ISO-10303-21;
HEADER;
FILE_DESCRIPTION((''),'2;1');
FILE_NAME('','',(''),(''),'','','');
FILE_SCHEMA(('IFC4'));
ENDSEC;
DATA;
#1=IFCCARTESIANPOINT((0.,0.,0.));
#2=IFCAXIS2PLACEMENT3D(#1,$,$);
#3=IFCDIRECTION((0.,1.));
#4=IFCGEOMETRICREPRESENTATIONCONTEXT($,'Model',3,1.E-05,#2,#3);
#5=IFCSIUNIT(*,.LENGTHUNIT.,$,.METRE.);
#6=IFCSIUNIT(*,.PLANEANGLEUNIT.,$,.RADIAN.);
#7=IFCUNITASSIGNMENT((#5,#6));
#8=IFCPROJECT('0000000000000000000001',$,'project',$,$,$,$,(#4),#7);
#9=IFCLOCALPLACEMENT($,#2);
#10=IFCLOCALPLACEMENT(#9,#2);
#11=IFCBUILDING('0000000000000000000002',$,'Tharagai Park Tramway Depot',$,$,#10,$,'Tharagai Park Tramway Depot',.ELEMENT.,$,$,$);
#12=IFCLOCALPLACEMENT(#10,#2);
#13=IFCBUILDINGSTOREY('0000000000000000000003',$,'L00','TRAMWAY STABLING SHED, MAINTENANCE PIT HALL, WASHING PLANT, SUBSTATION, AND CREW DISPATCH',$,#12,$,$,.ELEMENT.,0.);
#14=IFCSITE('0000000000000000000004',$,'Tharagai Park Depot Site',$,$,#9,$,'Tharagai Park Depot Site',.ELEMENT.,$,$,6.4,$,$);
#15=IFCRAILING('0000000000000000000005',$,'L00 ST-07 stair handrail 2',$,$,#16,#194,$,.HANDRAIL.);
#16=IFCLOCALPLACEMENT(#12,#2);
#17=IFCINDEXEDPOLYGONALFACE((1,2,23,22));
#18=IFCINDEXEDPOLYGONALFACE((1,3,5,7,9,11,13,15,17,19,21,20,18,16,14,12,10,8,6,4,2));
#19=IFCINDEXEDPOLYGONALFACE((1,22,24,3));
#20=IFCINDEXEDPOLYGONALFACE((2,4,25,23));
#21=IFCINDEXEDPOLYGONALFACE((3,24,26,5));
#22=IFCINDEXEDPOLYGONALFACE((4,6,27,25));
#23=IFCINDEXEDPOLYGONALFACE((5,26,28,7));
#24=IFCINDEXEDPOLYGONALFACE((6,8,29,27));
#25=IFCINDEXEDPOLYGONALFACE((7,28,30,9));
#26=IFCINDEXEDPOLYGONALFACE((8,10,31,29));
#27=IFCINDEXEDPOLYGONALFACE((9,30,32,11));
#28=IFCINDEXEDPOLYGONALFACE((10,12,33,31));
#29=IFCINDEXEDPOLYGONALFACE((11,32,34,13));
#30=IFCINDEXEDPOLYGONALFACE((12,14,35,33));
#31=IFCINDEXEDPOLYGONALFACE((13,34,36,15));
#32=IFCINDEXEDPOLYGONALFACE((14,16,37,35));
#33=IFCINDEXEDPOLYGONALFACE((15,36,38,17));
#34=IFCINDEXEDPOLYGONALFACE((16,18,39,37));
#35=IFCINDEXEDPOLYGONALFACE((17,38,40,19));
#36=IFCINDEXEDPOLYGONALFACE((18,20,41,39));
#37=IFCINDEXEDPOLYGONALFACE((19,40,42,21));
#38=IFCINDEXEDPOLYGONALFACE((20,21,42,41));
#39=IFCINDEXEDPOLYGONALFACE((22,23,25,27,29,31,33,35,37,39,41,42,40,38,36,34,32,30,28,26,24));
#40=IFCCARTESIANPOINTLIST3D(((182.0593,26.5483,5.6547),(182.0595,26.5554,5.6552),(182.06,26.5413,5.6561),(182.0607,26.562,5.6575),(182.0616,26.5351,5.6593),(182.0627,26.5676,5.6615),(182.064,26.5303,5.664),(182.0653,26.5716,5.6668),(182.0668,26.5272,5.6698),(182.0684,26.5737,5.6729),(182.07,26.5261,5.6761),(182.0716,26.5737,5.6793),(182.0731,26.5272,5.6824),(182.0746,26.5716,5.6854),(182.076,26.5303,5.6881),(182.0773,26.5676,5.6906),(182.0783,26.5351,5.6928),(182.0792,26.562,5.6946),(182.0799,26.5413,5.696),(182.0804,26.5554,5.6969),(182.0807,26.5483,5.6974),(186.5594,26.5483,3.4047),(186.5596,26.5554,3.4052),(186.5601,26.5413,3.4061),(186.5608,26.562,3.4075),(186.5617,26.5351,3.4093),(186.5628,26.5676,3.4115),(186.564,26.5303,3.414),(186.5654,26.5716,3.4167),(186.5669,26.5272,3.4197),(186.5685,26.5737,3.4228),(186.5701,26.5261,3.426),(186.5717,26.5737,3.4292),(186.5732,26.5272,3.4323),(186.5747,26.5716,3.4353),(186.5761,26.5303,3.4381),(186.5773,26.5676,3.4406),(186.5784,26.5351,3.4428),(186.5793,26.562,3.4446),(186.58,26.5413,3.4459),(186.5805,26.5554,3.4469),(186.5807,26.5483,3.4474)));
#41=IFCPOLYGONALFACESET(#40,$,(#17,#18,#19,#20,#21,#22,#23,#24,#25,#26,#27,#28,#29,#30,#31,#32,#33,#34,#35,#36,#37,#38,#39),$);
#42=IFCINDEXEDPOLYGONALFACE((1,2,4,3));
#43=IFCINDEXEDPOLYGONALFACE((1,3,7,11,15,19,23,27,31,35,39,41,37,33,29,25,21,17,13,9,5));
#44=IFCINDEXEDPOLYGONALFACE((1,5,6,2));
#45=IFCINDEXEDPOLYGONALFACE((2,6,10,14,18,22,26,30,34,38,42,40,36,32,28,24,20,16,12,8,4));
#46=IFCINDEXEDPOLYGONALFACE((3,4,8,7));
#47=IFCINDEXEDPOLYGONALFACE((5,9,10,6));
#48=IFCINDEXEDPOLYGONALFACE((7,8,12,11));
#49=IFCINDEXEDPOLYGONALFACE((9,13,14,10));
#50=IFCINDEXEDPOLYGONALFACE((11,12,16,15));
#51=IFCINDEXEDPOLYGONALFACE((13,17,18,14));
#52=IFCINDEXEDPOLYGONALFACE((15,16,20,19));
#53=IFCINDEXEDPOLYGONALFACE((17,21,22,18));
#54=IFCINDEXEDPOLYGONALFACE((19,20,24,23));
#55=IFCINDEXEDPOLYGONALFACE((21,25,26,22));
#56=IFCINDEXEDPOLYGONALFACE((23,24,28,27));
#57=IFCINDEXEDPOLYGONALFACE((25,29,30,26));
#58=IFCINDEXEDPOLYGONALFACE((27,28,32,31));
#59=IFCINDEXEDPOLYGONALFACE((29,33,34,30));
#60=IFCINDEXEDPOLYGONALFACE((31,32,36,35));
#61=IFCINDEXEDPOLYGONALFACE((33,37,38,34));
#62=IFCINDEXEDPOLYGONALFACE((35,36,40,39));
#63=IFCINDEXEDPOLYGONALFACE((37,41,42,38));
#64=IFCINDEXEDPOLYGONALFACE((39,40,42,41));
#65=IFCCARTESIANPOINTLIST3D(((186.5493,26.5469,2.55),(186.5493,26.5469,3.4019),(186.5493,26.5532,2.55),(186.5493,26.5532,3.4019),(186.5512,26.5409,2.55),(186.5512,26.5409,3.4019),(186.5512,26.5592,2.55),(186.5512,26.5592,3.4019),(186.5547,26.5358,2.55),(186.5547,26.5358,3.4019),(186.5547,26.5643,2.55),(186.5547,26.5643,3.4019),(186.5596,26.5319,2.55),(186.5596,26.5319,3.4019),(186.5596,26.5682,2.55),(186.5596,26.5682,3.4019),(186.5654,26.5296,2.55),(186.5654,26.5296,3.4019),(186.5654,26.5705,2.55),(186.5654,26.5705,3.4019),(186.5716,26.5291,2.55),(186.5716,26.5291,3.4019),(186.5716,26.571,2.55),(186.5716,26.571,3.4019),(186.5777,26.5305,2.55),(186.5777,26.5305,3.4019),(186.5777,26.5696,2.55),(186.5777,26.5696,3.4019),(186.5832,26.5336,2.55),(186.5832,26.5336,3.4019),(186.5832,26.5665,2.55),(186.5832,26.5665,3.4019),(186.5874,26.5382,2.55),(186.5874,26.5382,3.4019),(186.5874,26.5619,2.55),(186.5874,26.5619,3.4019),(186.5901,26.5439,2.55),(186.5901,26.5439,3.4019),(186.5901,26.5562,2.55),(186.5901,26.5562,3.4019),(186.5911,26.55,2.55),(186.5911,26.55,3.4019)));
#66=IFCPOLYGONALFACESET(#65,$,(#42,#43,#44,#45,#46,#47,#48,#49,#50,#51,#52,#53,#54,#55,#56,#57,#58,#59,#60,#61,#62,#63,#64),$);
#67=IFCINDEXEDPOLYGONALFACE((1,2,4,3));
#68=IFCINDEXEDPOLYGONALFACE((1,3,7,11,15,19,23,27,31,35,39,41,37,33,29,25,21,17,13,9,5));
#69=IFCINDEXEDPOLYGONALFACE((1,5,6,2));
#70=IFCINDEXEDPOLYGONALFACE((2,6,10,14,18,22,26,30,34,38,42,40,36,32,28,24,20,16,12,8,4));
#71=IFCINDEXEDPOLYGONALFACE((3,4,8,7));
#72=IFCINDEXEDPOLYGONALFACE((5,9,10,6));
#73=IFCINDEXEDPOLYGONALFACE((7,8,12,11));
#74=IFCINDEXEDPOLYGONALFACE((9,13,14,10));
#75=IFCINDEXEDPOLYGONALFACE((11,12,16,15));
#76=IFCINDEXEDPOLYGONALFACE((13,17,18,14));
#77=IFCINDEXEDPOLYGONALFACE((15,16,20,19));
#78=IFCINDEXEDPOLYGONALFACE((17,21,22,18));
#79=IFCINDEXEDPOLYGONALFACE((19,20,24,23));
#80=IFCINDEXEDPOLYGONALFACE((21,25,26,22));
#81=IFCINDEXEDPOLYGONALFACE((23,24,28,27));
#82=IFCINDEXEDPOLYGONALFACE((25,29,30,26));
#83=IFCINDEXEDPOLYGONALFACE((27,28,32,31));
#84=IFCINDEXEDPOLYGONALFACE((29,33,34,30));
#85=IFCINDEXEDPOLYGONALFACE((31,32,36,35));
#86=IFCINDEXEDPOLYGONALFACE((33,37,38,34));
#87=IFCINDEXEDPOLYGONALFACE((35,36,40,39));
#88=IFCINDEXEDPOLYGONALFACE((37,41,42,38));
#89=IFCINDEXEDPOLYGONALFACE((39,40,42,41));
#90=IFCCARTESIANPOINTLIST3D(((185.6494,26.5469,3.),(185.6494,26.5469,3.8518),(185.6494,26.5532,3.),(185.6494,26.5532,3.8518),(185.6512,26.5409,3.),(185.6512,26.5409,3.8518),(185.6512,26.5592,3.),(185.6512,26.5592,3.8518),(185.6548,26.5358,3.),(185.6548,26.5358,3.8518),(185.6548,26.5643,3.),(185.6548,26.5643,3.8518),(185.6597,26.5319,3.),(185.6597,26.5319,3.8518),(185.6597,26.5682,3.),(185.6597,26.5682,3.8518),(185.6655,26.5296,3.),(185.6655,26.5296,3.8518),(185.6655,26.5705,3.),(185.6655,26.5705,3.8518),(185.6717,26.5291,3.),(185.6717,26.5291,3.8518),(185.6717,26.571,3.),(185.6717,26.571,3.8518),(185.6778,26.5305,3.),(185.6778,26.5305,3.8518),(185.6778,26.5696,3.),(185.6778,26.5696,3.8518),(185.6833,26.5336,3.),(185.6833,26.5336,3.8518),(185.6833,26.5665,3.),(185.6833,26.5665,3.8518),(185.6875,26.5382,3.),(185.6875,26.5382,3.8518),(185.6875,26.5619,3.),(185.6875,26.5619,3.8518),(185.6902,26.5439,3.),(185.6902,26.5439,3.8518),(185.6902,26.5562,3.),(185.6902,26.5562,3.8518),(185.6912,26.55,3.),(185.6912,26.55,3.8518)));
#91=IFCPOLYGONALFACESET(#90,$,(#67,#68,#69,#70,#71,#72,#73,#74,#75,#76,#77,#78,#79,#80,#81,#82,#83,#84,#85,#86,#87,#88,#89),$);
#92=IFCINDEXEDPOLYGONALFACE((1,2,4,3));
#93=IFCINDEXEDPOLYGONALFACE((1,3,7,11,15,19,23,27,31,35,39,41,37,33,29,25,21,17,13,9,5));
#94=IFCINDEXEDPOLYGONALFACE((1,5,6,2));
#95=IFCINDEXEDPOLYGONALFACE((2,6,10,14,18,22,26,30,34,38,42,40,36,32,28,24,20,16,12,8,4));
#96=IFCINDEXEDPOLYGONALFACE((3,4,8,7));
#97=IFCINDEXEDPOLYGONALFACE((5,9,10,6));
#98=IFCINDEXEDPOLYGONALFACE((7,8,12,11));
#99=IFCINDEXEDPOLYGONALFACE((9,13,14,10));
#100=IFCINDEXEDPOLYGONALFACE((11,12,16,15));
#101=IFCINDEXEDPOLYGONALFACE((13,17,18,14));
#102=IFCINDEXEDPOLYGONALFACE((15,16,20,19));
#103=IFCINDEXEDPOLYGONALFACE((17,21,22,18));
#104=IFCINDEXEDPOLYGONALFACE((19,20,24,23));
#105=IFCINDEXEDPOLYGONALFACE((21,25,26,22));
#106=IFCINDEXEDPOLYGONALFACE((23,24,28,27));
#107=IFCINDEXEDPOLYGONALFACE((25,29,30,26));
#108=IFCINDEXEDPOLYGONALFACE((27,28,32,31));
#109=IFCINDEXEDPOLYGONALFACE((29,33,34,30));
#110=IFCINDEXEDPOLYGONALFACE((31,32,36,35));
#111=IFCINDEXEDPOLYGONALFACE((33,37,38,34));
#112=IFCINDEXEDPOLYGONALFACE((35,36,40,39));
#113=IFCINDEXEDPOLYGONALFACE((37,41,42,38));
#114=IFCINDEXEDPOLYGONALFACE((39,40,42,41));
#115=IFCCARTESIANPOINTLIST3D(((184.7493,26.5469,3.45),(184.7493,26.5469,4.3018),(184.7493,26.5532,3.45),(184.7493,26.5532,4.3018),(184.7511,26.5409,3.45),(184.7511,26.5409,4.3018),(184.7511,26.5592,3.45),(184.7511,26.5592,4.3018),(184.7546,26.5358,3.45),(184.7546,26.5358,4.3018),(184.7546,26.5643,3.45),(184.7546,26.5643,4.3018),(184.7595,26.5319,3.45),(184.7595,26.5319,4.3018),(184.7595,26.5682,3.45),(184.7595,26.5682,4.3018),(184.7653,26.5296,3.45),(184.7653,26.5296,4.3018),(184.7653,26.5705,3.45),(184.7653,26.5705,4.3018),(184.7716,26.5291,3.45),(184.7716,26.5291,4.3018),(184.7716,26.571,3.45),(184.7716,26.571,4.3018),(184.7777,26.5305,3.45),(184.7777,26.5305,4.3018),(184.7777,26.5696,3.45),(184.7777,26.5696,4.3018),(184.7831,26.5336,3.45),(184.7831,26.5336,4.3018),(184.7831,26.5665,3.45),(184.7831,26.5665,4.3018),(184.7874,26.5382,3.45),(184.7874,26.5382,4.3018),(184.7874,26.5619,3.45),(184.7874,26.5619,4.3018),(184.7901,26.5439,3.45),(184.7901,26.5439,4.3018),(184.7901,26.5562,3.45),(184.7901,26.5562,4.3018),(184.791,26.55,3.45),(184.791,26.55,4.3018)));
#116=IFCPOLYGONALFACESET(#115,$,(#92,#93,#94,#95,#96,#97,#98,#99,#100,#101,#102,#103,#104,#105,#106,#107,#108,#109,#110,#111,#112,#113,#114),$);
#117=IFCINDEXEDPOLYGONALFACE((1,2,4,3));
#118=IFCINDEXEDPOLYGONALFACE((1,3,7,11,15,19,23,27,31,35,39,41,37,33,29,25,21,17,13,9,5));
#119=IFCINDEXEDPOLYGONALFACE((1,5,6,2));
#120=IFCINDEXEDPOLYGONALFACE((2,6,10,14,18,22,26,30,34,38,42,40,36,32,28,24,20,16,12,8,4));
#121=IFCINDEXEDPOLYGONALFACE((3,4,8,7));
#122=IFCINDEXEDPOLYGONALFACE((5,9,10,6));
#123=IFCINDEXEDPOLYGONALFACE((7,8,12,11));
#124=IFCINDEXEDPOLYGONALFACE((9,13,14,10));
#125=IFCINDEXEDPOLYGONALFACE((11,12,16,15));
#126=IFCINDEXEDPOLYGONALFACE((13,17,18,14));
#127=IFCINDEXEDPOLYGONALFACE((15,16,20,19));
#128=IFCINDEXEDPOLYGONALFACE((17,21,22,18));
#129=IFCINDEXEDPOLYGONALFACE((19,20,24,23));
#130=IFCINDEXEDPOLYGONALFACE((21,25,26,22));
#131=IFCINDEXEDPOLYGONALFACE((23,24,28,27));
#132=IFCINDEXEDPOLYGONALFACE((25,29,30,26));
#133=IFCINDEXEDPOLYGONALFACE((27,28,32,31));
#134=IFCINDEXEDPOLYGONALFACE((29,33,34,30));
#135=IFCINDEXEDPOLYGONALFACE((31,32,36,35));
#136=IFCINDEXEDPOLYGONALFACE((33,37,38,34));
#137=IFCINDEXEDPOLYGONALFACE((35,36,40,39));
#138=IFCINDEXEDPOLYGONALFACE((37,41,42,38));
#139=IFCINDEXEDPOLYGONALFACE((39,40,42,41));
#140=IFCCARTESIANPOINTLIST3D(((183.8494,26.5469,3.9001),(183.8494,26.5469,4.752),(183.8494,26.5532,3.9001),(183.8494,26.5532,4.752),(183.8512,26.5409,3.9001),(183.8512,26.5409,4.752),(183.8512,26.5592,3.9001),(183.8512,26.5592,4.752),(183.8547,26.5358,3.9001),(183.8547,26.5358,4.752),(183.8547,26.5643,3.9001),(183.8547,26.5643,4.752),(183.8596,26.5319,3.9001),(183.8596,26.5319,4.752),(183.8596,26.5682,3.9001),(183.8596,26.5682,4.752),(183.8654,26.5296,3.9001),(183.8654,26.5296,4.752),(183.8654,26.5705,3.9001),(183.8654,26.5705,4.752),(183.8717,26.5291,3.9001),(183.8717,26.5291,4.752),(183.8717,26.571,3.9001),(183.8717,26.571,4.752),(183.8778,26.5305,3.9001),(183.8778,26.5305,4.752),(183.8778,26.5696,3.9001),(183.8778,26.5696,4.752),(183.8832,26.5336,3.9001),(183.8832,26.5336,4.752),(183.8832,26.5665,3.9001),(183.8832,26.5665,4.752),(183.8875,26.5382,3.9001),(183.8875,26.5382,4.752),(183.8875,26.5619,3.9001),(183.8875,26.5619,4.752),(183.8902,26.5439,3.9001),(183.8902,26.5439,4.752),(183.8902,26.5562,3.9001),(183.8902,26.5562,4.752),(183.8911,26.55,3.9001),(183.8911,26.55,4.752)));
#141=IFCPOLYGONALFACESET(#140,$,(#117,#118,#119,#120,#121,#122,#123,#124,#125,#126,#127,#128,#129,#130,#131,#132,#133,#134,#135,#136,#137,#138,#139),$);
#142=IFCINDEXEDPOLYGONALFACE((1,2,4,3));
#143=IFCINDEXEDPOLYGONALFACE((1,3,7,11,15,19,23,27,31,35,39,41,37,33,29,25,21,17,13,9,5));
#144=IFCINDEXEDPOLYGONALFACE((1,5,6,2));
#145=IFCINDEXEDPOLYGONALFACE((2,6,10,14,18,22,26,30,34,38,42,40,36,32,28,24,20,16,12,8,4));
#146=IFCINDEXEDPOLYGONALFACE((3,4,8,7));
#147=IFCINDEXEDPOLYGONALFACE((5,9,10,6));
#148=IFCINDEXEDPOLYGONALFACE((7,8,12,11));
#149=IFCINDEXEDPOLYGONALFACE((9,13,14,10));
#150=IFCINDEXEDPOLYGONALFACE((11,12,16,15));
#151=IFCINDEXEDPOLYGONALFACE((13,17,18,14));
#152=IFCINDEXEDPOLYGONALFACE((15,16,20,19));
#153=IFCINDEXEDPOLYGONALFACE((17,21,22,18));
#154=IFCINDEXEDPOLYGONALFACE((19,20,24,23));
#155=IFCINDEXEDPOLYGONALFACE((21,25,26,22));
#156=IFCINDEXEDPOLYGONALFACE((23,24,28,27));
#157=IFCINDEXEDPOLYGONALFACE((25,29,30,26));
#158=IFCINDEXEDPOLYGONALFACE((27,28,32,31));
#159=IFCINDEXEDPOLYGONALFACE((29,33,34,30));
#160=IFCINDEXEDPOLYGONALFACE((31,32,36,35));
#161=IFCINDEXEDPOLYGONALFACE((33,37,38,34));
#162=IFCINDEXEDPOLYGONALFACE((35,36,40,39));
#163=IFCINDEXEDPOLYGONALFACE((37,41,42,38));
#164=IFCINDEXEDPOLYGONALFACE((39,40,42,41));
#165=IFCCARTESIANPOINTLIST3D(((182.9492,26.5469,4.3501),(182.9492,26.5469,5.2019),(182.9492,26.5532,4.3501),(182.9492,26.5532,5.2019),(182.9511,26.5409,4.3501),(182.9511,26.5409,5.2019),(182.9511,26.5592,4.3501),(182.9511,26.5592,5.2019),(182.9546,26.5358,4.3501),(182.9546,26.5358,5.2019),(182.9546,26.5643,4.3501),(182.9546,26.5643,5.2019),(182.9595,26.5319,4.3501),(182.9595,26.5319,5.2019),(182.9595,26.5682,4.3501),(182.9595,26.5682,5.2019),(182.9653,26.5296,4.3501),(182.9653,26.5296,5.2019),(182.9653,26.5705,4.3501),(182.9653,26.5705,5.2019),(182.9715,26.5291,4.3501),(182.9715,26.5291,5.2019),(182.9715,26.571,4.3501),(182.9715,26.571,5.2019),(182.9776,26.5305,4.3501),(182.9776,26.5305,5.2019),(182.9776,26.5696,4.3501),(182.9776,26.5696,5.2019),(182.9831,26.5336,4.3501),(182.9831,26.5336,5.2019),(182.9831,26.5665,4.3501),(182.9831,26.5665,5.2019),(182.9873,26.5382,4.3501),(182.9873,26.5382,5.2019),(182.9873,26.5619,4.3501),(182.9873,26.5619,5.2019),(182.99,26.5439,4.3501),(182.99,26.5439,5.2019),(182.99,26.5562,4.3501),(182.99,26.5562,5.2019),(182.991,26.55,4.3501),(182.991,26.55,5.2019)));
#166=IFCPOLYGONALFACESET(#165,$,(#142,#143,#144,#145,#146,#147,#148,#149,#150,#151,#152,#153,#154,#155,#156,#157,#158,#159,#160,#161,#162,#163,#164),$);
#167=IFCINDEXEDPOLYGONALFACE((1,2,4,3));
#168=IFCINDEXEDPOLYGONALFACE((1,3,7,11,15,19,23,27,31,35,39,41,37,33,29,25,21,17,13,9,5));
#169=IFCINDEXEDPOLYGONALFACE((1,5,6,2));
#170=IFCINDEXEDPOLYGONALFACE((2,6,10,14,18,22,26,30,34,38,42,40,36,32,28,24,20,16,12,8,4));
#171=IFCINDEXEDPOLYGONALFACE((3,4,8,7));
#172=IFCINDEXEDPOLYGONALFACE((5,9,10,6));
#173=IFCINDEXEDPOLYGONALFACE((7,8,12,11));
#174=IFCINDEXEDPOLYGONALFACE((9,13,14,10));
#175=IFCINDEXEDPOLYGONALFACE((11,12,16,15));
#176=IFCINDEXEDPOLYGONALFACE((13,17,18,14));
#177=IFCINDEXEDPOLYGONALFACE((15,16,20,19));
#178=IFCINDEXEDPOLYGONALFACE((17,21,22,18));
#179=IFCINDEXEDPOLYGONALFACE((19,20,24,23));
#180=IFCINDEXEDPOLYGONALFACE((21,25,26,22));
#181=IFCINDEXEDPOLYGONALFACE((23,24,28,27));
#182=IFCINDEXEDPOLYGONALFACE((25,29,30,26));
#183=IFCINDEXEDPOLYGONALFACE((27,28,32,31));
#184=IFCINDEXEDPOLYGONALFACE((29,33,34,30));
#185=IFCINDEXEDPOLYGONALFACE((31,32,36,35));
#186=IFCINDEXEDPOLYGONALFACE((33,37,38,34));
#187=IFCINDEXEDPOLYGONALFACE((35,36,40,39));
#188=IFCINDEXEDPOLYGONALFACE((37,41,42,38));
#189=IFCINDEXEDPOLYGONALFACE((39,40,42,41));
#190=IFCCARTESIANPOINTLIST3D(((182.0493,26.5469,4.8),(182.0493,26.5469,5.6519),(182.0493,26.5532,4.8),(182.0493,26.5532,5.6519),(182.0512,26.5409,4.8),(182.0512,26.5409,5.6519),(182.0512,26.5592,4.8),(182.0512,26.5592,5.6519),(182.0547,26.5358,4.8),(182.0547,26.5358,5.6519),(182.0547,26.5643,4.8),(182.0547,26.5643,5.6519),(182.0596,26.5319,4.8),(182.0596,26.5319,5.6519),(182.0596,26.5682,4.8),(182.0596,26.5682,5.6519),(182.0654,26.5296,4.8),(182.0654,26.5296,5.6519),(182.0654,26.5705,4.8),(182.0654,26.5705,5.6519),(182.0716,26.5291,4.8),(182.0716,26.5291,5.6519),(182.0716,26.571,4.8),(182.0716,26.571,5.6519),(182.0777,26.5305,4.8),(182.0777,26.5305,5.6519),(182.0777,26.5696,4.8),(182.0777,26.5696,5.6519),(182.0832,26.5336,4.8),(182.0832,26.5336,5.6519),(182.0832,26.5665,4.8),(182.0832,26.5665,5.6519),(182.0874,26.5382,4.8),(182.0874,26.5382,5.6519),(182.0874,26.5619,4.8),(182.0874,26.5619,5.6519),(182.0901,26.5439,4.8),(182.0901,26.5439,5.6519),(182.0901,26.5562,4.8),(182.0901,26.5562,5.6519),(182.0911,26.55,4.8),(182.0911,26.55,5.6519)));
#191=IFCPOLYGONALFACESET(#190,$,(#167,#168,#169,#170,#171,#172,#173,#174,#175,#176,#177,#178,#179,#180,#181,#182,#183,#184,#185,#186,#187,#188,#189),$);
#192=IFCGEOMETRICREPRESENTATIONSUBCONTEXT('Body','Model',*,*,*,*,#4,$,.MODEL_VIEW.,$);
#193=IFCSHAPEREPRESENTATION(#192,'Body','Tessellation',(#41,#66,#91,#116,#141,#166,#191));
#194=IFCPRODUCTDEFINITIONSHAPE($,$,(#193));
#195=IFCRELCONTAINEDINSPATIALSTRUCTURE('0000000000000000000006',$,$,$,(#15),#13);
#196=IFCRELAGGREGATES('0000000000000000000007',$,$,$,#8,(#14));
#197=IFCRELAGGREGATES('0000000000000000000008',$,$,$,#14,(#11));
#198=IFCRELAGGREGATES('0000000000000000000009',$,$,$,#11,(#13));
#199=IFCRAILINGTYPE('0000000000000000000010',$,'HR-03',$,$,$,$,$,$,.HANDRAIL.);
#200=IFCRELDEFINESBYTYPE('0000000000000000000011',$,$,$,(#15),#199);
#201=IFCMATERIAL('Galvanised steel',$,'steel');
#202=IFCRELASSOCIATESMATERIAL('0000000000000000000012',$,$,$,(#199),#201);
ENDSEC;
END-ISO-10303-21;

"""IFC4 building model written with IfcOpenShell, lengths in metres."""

from ifc_helpers import new_model, si_unit, direction, frame, origin, origin_2d, place, context, subcontext, project, spatial, circle, extrude, material, type_object, element, save


model = new_model("IFC4")

# Units and contexts
model_context = context("Model", 3, precision=1e-05, world=origin(), true_north=direction((0.0, 1.0)))
body_context = subcontext(model_context, "Body", "Model", "MODEL_VIEW")
ifc_project = project(units=[si_unit("LENGTHUNIT", "METRE"), si_unit("PLANEANGLEUNIT", "RADIAN")], contexts=[model_context])

# Site, building, storey
site_placement = place(None, origin())
site = spatial("IfcSite", under=ifc_project, at=site_placement, Name="Tharagai Park Depot Site", LongName="Tharagai Park Depot Site", CompositionType="ELEMENT", RefElevation=6.4)
building_placement = place(site_placement, origin())
building = spatial("IfcBuilding", under=site, at=building_placement, Name="Tharagai Park Tramway Depot", LongName="Tharagai Park Tramway Depot", CompositionType="ELEMENT")
storey_placement = place(building_placement, origin())
storey = spatial("IfcBuildingStorey", under=building, at=storey_placement, Name="L00", Description="TRAMWAY STABLING SHED, MAINTENANCE PIT HALL, WASHING PLANT, SUBSTATION, AND CREW DISPATCH", CompositionType="ELEMENT", Elevation=0.0)

# Railing
ifc_material_1 = material(Name="Galvanised steel", Category="steel")
railing_type_1 = type_object("IfcRailingType", Name="HR-03", PredefinedType="HANDRAIL", material=ifc_material_1)
railing_1_placement = place(storey_placement, frame((186.5701, 26.55, 2.55)))
element("IfcRailing", 1, at=railing_1_placement, inside=storey, type_object=railing_type_1, Name="L00 ST-07 stair handrail 2", PredefinedType="HANDRAIL", context=body_context, shape_type="SweptSolid", body=[
    extrude(circle(Radius=0.0239, at=origin_2d()), frame((0.0, 0.0, 0.876), z_axis=(-0.894427, 0.0, 0.447214), x_axis=(0.0, -1.0, 0.0)), (0.0, 0.0, 1.0), 5.0312),
    extrude(circle(Radius=0.021, at=origin_2d()), origin(), (0.0, 0.0, 1.0), 0.8518),
    extrude(circle(Radius=0.021, at=origin_2d()), frame((-0.8999, 0.0, 0.45)), (0.0, 0.0, 1.0), 0.8518),
    extrude(circle(Radius=0.021, at=origin_2d()), frame((-1.8, 0.0, 0.8999)), (0.0, 0.0, 1.0), 0.8518),
    extrude(circle(Radius=0.021, at=origin_2d()), frame((-2.7, 0.0, 1.3501)), (0.0, 0.0, 1.0), 0.8518),
    extrude(circle(Radius=0.021, at=origin_2d()), frame((-3.6001, 0.0, 1.8)), (0.0, 0.0, 1.0), 0.8518),
    extrude(circle(Radius=0.021, at=origin_2d()), frame((-4.5, 0.0, 2.25)), (0.0, 0.0, 1.0), 0.8518),
])

save(model, "model.ifc")
